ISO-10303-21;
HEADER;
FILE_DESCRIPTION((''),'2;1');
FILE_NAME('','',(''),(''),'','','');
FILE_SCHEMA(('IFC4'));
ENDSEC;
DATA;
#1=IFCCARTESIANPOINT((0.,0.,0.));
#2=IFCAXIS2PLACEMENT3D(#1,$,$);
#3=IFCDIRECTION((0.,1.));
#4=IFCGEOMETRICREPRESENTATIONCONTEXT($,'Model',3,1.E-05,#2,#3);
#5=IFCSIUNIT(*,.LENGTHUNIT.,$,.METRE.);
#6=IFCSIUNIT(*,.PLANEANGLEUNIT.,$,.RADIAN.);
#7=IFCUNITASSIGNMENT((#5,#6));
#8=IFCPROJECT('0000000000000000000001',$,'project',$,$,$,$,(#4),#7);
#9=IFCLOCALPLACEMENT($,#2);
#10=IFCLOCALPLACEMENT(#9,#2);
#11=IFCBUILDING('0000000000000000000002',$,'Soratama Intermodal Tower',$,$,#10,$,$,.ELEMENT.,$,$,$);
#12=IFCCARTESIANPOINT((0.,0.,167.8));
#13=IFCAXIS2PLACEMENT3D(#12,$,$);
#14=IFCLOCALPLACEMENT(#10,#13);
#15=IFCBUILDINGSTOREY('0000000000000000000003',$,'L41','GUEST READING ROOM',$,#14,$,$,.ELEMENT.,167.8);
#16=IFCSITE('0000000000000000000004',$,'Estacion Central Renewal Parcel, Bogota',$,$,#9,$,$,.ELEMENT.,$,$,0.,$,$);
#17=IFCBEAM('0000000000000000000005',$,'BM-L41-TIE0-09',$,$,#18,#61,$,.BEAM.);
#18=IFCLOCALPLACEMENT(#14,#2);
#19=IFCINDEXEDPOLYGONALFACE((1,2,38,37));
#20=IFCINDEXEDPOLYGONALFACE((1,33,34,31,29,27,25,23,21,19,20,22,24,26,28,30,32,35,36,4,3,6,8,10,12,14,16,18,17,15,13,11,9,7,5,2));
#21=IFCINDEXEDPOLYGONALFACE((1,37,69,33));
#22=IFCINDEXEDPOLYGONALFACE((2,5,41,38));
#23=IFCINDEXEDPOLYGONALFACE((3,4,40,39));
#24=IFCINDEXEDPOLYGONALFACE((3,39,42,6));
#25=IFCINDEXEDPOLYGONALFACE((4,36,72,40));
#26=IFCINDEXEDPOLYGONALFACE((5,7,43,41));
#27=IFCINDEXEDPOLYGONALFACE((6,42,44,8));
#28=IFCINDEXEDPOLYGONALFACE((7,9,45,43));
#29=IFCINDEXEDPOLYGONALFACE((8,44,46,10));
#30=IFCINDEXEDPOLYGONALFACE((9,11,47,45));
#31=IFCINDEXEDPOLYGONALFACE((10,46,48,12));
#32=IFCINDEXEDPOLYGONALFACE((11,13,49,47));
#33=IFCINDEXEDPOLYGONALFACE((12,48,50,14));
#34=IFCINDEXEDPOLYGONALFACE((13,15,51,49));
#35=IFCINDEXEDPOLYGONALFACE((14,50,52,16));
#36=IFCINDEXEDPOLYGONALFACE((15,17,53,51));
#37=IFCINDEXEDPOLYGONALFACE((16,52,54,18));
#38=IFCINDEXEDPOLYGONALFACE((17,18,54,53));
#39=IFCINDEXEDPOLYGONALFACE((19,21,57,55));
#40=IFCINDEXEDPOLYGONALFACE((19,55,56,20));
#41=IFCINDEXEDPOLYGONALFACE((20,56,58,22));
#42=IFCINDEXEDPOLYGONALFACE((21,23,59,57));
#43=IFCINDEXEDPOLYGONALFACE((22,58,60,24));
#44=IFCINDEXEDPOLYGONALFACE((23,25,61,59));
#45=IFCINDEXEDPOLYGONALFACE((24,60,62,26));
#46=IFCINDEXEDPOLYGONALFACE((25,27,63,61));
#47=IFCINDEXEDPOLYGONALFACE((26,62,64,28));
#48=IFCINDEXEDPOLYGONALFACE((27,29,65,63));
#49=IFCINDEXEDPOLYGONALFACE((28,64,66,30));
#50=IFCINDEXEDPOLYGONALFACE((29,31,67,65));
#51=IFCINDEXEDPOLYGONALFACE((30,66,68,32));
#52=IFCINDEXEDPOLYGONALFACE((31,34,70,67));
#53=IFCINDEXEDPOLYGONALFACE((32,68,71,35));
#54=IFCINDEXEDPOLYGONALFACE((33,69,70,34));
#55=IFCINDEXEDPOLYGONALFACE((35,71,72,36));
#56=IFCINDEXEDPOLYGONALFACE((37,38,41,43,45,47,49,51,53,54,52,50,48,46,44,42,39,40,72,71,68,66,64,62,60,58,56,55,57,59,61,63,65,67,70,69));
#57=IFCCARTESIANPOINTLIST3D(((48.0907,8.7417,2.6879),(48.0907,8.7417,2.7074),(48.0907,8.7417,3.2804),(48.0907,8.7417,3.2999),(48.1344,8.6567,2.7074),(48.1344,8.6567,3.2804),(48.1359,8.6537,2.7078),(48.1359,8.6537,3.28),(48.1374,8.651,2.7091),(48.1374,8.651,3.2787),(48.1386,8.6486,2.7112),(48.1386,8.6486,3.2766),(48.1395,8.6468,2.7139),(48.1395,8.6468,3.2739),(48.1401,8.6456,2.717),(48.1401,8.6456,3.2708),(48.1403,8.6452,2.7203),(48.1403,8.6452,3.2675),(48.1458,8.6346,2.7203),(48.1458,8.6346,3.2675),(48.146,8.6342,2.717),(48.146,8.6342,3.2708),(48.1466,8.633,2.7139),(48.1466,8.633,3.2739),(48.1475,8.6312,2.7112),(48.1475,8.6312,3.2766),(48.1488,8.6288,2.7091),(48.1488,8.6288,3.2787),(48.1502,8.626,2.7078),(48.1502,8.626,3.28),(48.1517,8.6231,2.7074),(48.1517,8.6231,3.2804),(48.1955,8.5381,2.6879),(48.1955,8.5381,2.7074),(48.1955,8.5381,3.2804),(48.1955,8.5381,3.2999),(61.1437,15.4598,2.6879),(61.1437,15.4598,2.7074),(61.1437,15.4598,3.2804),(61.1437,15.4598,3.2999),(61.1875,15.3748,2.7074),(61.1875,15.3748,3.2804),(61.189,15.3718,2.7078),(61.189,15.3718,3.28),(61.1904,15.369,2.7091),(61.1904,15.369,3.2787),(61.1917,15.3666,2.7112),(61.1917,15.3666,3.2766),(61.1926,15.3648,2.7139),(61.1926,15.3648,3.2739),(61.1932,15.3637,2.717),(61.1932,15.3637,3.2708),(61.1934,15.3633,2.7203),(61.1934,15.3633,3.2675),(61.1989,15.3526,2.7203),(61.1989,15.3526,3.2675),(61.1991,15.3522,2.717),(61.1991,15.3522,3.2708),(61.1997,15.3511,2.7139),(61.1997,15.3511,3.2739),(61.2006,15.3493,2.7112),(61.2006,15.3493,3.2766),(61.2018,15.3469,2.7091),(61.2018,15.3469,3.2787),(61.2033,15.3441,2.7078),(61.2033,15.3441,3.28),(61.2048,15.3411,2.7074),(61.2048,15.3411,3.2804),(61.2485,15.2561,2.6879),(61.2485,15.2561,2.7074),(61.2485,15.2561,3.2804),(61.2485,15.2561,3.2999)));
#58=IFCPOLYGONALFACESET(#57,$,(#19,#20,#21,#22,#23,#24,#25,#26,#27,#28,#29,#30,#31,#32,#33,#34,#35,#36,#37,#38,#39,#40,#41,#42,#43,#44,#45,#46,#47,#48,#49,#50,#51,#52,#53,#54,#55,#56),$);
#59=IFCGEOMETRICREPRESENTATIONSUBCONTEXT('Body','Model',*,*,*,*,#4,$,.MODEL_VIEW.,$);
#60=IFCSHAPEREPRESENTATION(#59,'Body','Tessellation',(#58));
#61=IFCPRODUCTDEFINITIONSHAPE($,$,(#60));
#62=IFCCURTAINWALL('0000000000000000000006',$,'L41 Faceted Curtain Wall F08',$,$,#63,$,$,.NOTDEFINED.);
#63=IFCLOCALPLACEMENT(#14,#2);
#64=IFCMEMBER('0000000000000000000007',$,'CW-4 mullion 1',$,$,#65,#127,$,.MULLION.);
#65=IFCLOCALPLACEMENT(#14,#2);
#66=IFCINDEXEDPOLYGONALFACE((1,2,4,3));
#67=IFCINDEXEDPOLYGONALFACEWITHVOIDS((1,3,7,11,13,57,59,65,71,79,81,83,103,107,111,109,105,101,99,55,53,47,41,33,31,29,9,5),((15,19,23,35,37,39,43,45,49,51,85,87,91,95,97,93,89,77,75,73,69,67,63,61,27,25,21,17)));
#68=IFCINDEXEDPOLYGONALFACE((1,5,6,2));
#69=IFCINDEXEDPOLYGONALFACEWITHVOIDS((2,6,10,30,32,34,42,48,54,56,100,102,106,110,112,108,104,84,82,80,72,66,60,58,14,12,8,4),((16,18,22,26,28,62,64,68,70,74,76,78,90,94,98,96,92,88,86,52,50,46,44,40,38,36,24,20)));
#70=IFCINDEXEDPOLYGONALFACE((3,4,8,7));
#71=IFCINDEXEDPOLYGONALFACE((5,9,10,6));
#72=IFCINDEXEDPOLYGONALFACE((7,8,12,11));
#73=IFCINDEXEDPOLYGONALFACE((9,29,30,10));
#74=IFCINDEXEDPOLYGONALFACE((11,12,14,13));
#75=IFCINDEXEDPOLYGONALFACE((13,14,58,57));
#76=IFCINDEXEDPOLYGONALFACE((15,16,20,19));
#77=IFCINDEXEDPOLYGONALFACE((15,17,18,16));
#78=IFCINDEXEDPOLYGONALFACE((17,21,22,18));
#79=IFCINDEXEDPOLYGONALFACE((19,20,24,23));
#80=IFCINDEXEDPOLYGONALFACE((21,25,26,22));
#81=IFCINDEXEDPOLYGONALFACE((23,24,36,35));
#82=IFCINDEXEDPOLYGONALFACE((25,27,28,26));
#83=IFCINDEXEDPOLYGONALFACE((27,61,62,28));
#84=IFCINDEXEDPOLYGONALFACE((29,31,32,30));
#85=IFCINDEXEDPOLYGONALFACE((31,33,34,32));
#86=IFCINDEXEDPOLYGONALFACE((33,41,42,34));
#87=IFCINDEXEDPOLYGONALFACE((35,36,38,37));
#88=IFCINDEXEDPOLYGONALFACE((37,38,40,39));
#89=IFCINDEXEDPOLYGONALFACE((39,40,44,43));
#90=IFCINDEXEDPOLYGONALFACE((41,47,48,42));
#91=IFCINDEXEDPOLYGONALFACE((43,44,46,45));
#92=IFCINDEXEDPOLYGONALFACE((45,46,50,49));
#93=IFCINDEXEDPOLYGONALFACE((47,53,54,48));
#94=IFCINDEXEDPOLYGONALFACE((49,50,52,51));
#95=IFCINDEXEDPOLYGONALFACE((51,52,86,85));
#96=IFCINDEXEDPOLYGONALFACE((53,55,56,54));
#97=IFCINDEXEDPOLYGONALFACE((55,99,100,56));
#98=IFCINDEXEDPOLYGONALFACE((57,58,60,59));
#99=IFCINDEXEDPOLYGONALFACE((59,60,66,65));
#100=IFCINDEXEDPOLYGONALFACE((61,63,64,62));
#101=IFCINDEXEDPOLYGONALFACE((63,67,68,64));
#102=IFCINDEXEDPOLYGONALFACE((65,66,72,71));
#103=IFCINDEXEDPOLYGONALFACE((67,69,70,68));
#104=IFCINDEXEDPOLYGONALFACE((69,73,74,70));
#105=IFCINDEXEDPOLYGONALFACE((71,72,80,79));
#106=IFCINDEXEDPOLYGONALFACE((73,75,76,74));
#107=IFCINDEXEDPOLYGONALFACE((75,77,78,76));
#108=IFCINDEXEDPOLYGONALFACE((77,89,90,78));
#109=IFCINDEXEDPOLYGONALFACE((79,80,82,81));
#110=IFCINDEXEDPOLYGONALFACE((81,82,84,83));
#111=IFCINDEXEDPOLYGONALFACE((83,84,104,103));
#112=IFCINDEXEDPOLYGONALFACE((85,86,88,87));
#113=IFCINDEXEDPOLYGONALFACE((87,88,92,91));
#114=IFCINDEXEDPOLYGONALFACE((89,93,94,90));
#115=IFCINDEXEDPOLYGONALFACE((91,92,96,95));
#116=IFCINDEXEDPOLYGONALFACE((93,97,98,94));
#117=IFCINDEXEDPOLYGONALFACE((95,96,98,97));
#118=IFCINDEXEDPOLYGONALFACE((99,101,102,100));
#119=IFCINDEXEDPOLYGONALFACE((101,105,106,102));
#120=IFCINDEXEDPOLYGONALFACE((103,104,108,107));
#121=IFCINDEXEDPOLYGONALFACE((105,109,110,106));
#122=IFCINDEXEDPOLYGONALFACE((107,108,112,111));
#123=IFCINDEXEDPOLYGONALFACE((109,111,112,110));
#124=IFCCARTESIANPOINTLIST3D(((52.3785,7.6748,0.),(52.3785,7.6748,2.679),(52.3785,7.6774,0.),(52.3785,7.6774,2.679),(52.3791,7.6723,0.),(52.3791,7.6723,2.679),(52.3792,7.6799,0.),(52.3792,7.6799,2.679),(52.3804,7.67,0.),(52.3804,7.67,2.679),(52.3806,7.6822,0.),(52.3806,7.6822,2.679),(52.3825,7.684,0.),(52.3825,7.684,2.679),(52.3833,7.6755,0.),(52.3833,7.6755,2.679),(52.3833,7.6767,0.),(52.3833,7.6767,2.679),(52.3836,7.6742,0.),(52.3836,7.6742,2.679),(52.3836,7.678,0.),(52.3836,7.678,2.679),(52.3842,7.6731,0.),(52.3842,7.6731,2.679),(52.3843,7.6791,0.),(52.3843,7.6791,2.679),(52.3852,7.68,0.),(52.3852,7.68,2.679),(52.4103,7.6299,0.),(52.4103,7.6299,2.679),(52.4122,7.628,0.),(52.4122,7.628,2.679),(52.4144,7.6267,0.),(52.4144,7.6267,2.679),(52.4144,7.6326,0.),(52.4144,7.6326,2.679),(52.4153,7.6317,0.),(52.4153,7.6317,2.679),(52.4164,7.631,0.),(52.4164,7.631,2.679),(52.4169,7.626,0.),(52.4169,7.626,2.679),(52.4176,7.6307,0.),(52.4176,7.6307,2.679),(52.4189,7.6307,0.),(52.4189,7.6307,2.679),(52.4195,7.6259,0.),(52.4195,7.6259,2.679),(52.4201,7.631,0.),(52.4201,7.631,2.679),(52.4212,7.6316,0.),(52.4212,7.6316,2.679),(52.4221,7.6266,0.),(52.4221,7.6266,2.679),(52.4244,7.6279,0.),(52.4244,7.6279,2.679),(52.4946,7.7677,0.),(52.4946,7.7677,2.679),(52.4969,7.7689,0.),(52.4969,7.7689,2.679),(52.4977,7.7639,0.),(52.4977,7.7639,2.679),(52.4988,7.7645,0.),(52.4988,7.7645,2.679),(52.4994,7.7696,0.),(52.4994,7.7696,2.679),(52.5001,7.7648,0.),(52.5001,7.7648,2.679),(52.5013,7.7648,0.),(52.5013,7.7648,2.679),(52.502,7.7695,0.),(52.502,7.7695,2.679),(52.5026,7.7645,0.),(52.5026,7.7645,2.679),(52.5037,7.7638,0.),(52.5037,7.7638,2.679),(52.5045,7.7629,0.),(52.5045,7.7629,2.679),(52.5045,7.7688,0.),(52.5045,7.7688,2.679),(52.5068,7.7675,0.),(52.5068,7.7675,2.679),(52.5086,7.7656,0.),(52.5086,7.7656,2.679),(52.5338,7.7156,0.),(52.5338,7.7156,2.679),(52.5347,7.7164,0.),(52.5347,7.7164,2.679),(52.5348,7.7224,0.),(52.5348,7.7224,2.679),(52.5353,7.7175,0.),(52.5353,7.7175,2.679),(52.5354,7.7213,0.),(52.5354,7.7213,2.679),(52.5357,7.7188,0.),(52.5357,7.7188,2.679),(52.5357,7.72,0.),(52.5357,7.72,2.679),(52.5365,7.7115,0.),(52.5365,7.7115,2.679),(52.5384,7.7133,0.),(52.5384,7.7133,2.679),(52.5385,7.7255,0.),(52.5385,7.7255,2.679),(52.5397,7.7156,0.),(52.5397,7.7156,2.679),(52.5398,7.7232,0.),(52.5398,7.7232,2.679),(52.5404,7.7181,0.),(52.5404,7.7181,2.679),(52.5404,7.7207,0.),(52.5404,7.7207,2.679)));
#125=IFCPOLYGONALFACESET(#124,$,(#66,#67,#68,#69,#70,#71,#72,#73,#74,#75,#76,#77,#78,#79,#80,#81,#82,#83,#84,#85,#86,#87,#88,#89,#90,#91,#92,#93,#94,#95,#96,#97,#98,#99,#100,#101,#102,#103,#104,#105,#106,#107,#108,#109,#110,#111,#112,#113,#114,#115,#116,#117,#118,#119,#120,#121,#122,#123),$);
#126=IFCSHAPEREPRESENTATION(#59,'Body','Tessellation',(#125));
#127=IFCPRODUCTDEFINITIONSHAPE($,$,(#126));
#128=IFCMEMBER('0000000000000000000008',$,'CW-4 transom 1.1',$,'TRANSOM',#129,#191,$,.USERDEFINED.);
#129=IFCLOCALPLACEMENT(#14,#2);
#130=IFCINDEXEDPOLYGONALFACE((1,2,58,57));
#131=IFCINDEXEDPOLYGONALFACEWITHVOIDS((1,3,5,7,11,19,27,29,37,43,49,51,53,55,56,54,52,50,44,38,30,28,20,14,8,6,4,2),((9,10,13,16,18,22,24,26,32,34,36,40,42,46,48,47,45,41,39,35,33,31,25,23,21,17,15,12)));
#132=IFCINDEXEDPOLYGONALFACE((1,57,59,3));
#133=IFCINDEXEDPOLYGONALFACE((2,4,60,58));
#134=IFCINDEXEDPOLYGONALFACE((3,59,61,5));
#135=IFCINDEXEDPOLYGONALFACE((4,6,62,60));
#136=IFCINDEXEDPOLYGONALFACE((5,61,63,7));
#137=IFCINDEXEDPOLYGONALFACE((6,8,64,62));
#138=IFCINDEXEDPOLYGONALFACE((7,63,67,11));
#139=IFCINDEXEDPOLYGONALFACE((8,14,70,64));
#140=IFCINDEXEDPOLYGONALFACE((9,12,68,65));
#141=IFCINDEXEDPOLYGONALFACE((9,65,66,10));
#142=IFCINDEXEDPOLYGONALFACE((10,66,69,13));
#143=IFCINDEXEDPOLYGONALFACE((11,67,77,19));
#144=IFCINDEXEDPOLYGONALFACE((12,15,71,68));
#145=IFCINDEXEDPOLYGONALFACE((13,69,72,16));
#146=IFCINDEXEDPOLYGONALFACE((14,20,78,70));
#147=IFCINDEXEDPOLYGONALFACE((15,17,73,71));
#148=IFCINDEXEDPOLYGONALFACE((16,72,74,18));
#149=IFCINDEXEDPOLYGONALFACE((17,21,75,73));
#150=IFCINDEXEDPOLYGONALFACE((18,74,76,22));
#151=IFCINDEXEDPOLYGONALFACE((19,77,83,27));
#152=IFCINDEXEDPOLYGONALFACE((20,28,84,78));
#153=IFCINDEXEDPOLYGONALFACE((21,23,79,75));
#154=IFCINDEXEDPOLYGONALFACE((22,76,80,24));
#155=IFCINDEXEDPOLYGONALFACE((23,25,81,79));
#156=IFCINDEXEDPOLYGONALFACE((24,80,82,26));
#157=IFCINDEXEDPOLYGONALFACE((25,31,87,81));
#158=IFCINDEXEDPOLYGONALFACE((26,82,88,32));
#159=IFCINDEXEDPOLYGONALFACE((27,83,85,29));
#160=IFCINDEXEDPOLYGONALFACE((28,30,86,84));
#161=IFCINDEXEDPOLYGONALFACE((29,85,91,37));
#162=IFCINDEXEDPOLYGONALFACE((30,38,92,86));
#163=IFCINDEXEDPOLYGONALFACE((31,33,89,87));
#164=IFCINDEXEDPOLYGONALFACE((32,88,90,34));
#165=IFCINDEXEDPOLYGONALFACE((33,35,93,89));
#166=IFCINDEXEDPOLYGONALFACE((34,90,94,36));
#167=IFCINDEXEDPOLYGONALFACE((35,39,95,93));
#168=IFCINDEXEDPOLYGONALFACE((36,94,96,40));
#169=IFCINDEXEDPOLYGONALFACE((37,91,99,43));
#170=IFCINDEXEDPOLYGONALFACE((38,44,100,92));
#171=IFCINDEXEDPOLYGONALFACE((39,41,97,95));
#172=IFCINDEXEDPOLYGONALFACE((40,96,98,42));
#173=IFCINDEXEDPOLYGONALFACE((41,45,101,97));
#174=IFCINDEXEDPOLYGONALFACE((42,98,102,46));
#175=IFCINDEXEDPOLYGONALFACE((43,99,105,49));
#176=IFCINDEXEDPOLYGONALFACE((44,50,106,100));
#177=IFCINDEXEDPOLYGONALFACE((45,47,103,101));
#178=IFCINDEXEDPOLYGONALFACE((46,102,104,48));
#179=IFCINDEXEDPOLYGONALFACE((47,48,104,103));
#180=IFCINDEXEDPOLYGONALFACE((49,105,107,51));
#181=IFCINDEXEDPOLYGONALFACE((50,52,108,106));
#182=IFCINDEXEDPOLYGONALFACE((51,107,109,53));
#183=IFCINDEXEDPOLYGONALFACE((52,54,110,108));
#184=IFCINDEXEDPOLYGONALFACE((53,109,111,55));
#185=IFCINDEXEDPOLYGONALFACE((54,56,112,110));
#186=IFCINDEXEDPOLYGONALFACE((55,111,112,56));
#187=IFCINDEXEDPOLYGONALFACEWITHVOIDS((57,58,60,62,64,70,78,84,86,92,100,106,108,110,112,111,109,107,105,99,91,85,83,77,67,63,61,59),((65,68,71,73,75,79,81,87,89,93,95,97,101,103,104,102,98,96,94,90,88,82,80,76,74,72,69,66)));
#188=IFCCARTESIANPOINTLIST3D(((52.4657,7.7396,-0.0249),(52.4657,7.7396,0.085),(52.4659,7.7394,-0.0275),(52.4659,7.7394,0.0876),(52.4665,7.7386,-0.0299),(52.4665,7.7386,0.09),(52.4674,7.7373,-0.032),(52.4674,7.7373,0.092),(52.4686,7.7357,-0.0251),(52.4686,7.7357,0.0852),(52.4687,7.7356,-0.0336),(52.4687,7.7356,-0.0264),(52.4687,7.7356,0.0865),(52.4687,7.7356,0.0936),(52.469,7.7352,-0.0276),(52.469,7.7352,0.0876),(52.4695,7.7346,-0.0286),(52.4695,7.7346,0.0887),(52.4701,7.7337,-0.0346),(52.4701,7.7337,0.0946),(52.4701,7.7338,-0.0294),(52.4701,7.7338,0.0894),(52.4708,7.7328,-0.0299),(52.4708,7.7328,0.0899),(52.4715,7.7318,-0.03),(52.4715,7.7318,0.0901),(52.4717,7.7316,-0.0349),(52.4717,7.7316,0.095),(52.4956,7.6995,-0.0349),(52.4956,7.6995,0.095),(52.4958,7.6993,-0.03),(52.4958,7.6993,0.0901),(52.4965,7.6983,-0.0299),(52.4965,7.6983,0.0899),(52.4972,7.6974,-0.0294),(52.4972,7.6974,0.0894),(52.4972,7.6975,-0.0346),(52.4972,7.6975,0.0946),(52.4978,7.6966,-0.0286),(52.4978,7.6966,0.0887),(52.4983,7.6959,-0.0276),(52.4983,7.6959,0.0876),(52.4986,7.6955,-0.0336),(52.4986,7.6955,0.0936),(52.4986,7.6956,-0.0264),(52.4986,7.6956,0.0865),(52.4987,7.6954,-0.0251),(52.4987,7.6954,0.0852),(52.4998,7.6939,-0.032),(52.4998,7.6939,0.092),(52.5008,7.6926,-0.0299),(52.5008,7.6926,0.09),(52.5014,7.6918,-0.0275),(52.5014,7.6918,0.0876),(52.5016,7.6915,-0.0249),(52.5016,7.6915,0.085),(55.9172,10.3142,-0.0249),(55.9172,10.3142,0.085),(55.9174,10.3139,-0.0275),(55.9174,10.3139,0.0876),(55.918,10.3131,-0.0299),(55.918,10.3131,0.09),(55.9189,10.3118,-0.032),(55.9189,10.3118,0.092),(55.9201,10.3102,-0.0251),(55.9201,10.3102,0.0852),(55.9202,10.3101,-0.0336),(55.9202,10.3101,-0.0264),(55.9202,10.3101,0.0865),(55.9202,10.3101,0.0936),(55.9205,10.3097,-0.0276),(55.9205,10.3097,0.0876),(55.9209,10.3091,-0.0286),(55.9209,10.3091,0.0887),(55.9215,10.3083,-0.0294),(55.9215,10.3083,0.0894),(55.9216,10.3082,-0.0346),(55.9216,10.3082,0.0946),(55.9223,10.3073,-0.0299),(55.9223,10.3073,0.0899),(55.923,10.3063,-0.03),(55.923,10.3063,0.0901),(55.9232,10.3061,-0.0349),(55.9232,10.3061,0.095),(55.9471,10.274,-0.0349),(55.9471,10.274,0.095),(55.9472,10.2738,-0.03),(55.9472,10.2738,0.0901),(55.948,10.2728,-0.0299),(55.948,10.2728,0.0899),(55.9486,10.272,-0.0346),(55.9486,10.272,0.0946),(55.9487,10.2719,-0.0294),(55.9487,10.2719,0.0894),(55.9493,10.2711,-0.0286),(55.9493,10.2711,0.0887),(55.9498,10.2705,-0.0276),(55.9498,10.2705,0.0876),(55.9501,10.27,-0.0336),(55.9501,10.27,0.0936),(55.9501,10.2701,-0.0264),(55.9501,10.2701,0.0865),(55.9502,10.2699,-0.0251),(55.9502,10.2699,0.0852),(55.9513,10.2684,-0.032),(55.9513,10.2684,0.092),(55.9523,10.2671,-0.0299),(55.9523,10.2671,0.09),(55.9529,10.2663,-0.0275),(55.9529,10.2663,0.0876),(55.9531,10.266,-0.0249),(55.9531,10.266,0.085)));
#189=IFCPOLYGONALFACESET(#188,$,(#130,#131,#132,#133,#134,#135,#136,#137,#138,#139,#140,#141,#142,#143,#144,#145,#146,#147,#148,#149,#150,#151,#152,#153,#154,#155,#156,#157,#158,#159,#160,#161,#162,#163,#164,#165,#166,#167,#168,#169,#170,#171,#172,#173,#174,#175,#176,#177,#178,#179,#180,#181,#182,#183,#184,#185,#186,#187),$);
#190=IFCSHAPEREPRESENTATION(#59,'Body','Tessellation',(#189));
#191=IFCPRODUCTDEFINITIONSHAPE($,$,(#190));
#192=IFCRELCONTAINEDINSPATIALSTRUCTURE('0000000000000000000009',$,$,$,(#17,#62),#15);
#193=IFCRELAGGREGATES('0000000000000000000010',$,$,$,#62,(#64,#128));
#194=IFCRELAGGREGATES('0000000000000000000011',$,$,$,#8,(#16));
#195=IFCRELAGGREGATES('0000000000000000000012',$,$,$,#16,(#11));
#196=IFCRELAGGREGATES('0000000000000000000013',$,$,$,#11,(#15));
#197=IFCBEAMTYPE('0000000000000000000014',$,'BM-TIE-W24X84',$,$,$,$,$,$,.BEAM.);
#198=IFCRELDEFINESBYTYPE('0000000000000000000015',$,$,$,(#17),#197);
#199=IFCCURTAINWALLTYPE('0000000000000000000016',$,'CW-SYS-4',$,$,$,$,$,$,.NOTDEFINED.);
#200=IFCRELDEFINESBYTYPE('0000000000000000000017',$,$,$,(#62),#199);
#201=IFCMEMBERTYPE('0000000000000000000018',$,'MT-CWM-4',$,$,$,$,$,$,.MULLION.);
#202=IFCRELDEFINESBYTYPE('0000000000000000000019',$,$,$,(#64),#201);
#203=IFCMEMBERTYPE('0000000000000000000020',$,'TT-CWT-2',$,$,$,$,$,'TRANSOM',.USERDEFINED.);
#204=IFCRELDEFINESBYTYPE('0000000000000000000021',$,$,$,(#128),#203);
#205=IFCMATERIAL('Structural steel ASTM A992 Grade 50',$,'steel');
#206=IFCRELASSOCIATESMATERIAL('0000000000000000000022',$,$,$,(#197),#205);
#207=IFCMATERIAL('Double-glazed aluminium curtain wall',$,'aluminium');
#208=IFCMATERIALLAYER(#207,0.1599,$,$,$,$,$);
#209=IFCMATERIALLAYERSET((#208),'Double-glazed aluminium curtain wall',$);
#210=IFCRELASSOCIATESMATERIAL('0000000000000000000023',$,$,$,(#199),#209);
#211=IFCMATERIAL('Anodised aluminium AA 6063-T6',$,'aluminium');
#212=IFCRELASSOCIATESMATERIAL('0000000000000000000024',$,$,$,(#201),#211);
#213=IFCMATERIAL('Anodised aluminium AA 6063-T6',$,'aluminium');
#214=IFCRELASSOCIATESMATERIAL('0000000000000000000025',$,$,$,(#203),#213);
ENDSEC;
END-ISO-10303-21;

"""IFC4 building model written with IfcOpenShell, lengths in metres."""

from ifc_helpers import new_model, si_unit, direction, frame, origin, origin_2d, place, context, subcontext, project, spatial, hollow_rectangle, i_section, extrude, material, layer, layer_set, material_profile, profile_set, type_object, element, aggregate, save


model = new_model("IFC4")

# Units and contexts
model_context = context("Model", 3, precision=1e-05, world=origin(), true_north=direction((0.0, 1.0)))
body_context = subcontext(model_context, "Body", "Model", "MODEL_VIEW")
ifc_project = project(units=[si_unit("LENGTHUNIT", "METRE"), si_unit("PLANEANGLEUNIT", "RADIAN")], contexts=[model_context])

# Site, building, storey
site_placement = place(None, origin())
site = spatial("IfcSite", under=ifc_project, at=site_placement, Name="Estacion Central Renewal Parcel, Bogota", CompositionType="ELEMENT", RefElevation=0.0)
building_placement = place(site_placement, origin())
building = spatial("IfcBuilding", under=site, at=building_placement, Name="Soratama Intermodal Tower", CompositionType="ELEMENT")
storey_placement = place(building_placement, frame((0.0, 0.0, 167.8)))
storey = spatial("IfcBuildingStorey", under=building, at=storey_placement, Name="L41", Description="GUEST READING ROOM", CompositionType="ELEMENT", Elevation=167.8)

# Beam
ifc_material_1 = material(Name="Structural steel ASTM A992 Grade 50", Category="steel")
ifc_material_profile_1 = material_profile(ifc_material_1, i_section(OverallWidth=0.229, OverallDepth=0.6121, WebThickness=0.012, FlangeThickness=0.0195, FilletRadius=0.0129, at=origin_2d()), Name="W24X84")
ifc_profile_set_1 = profile_set([ifc_material_profile_1], Name="Structural steel ASTM A992 Grade 50")
beam_type_1 = type_object("IfcBeamType", Name="BM-TIE-W24X84", PredefinedType="BEAM", material=ifc_profile_set_1)
beam_1_placement = place(storey_placement, frame((48.1431, 8.6399, 2.9939), z_axis=(0.889148, 0.45762, 0.0), x_axis=(-0.45762, 0.889148, 0.0)))
element("IfcBeam", 1, at=beam_1_placement, inside=storey, type_object=beam_type_1, Name="BM-L41-TIE0-09", PredefinedType="BEAM", context=body_context, shape_type="SweptSolid", body=[
    extrude(i_section(OverallWidth=0.229, OverallDepth=0.6121, WebThickness=0.012, FlangeThickness=0.0195, FilletRadius=0.0129, at=origin_2d()), origin(), (0.0, 0.0, 1.0), 14.6804),
])

# Curtain wall, members
ifc_material_2 = material(Name="Double-glazed aluminium curtain wall", Category="aluminium")
ifc_layer_1 = layer(ifc_material_2, 0.1599)
ifc_layer_set_1 = layer_set([ifc_layer_1], Name="Double-glazed aluminium curtain wall")
curtain_wall_type = type_object("IfcCurtainWallType", Name="CW-SYS-4", PredefinedType="NOTDEFINED", material=ifc_layer_set_1)
curtain_wall_placement = place(storey_placement, origin())
curtain_wall = element("IfcCurtainWall", 2, at=curtain_wall_placement, inside=storey, type_object=curtain_wall_type, Name="L41 Faceted Curtain Wall F08", PredefinedType="NOTDEFINED")
ifc_material_3 = material(Name="Anodised aluminium AA 6063-T6", Category="aluminium")
ifc_material_profile_2 = material_profile(ifc_material_3, hollow_rectangle(XDim=0.0701, YDim=0.1599, WallThickness=0.0049, InnerFilletRadius=0.0049, OuterFilletRadius=0.01, at=origin_2d()), Name="CWM160X70X5")
ifc_profile_set_2 = profile_set([ifc_material_profile_2], Name="Anodised aluminium AA 6063-T6")
member_type_1 = type_object("IfcMemberType", Name="MT-CWM-4", PredefinedType="MULLION", material=ifc_profile_set_2)
member_1_placement = place(storey_placement, frame((52.4595, 7.6978, 0.0), z_axis=(0.0, 0.0, 1.0), x_axis=(-0.597907, 0.801566, 0.0)))
member_1 = element("IfcMember", 3, at=member_1_placement, type_object=member_type_1, Name="CW-4 mullion 1", PredefinedType="MULLION", context=body_context, shape_type="SweptSolid", body=[
    extrude(hollow_rectangle(XDim=0.0701, YDim=0.1599, WallThickness=0.0049, InnerFilletRadius=0.0049, OuterFilletRadius=0.01, at=origin_2d()), origin(), (0.0, 0.0, 1.0), 2.679),
])
ifc_material_4 = material(Name="Anodised aluminium AA 6063-T6", Category="aluminium")
ifc_material_profile_3 = material_profile(ifc_material_4, hollow_rectangle(XDim=0.0601, YDim=0.1299, WallThickness=0.0049, InnerFilletRadius=0.0049, OuterFilletRadius=0.01, at=origin_2d()), Name="CWT130X60X5")
ifc_profile_set_3 = profile_set([ifc_material_profile_3], Name="Anodised aluminium AA 6063-T6")
member_type_2 = type_object("IfcMemberType", Name="TT-CWT-2", ElementType="TRANSOM", PredefinedType="USERDEFINED", material=ifc_profile_set_3)
member_2_placement = place(storey_placement, frame((52.4836, 7.7156, 0.03), z_axis=(0.801569, 0.597902, 0.0), x_axis=(-0.597902, 0.801569, 0.0)))
member_2 = element("IfcMember", 4, at=member_2_placement, type_object=member_type_2, Name="CW-4 transom 1.1", ObjectType="TRANSOM", PredefinedType="USERDEFINED", context=body_context, shape_type="SweptSolid", body=[
    extrude(hollow_rectangle(XDim=0.0601, YDim=0.1299, WallThickness=0.0049, InnerFilletRadius=0.0049, OuterFilletRadius=0.01, at=origin_2d()), origin(), (0.0, 0.0, 1.0), 4.3059),
])
aggregate(curtain_wall, [member_1, member_2])

save(model, "model.ifc")
